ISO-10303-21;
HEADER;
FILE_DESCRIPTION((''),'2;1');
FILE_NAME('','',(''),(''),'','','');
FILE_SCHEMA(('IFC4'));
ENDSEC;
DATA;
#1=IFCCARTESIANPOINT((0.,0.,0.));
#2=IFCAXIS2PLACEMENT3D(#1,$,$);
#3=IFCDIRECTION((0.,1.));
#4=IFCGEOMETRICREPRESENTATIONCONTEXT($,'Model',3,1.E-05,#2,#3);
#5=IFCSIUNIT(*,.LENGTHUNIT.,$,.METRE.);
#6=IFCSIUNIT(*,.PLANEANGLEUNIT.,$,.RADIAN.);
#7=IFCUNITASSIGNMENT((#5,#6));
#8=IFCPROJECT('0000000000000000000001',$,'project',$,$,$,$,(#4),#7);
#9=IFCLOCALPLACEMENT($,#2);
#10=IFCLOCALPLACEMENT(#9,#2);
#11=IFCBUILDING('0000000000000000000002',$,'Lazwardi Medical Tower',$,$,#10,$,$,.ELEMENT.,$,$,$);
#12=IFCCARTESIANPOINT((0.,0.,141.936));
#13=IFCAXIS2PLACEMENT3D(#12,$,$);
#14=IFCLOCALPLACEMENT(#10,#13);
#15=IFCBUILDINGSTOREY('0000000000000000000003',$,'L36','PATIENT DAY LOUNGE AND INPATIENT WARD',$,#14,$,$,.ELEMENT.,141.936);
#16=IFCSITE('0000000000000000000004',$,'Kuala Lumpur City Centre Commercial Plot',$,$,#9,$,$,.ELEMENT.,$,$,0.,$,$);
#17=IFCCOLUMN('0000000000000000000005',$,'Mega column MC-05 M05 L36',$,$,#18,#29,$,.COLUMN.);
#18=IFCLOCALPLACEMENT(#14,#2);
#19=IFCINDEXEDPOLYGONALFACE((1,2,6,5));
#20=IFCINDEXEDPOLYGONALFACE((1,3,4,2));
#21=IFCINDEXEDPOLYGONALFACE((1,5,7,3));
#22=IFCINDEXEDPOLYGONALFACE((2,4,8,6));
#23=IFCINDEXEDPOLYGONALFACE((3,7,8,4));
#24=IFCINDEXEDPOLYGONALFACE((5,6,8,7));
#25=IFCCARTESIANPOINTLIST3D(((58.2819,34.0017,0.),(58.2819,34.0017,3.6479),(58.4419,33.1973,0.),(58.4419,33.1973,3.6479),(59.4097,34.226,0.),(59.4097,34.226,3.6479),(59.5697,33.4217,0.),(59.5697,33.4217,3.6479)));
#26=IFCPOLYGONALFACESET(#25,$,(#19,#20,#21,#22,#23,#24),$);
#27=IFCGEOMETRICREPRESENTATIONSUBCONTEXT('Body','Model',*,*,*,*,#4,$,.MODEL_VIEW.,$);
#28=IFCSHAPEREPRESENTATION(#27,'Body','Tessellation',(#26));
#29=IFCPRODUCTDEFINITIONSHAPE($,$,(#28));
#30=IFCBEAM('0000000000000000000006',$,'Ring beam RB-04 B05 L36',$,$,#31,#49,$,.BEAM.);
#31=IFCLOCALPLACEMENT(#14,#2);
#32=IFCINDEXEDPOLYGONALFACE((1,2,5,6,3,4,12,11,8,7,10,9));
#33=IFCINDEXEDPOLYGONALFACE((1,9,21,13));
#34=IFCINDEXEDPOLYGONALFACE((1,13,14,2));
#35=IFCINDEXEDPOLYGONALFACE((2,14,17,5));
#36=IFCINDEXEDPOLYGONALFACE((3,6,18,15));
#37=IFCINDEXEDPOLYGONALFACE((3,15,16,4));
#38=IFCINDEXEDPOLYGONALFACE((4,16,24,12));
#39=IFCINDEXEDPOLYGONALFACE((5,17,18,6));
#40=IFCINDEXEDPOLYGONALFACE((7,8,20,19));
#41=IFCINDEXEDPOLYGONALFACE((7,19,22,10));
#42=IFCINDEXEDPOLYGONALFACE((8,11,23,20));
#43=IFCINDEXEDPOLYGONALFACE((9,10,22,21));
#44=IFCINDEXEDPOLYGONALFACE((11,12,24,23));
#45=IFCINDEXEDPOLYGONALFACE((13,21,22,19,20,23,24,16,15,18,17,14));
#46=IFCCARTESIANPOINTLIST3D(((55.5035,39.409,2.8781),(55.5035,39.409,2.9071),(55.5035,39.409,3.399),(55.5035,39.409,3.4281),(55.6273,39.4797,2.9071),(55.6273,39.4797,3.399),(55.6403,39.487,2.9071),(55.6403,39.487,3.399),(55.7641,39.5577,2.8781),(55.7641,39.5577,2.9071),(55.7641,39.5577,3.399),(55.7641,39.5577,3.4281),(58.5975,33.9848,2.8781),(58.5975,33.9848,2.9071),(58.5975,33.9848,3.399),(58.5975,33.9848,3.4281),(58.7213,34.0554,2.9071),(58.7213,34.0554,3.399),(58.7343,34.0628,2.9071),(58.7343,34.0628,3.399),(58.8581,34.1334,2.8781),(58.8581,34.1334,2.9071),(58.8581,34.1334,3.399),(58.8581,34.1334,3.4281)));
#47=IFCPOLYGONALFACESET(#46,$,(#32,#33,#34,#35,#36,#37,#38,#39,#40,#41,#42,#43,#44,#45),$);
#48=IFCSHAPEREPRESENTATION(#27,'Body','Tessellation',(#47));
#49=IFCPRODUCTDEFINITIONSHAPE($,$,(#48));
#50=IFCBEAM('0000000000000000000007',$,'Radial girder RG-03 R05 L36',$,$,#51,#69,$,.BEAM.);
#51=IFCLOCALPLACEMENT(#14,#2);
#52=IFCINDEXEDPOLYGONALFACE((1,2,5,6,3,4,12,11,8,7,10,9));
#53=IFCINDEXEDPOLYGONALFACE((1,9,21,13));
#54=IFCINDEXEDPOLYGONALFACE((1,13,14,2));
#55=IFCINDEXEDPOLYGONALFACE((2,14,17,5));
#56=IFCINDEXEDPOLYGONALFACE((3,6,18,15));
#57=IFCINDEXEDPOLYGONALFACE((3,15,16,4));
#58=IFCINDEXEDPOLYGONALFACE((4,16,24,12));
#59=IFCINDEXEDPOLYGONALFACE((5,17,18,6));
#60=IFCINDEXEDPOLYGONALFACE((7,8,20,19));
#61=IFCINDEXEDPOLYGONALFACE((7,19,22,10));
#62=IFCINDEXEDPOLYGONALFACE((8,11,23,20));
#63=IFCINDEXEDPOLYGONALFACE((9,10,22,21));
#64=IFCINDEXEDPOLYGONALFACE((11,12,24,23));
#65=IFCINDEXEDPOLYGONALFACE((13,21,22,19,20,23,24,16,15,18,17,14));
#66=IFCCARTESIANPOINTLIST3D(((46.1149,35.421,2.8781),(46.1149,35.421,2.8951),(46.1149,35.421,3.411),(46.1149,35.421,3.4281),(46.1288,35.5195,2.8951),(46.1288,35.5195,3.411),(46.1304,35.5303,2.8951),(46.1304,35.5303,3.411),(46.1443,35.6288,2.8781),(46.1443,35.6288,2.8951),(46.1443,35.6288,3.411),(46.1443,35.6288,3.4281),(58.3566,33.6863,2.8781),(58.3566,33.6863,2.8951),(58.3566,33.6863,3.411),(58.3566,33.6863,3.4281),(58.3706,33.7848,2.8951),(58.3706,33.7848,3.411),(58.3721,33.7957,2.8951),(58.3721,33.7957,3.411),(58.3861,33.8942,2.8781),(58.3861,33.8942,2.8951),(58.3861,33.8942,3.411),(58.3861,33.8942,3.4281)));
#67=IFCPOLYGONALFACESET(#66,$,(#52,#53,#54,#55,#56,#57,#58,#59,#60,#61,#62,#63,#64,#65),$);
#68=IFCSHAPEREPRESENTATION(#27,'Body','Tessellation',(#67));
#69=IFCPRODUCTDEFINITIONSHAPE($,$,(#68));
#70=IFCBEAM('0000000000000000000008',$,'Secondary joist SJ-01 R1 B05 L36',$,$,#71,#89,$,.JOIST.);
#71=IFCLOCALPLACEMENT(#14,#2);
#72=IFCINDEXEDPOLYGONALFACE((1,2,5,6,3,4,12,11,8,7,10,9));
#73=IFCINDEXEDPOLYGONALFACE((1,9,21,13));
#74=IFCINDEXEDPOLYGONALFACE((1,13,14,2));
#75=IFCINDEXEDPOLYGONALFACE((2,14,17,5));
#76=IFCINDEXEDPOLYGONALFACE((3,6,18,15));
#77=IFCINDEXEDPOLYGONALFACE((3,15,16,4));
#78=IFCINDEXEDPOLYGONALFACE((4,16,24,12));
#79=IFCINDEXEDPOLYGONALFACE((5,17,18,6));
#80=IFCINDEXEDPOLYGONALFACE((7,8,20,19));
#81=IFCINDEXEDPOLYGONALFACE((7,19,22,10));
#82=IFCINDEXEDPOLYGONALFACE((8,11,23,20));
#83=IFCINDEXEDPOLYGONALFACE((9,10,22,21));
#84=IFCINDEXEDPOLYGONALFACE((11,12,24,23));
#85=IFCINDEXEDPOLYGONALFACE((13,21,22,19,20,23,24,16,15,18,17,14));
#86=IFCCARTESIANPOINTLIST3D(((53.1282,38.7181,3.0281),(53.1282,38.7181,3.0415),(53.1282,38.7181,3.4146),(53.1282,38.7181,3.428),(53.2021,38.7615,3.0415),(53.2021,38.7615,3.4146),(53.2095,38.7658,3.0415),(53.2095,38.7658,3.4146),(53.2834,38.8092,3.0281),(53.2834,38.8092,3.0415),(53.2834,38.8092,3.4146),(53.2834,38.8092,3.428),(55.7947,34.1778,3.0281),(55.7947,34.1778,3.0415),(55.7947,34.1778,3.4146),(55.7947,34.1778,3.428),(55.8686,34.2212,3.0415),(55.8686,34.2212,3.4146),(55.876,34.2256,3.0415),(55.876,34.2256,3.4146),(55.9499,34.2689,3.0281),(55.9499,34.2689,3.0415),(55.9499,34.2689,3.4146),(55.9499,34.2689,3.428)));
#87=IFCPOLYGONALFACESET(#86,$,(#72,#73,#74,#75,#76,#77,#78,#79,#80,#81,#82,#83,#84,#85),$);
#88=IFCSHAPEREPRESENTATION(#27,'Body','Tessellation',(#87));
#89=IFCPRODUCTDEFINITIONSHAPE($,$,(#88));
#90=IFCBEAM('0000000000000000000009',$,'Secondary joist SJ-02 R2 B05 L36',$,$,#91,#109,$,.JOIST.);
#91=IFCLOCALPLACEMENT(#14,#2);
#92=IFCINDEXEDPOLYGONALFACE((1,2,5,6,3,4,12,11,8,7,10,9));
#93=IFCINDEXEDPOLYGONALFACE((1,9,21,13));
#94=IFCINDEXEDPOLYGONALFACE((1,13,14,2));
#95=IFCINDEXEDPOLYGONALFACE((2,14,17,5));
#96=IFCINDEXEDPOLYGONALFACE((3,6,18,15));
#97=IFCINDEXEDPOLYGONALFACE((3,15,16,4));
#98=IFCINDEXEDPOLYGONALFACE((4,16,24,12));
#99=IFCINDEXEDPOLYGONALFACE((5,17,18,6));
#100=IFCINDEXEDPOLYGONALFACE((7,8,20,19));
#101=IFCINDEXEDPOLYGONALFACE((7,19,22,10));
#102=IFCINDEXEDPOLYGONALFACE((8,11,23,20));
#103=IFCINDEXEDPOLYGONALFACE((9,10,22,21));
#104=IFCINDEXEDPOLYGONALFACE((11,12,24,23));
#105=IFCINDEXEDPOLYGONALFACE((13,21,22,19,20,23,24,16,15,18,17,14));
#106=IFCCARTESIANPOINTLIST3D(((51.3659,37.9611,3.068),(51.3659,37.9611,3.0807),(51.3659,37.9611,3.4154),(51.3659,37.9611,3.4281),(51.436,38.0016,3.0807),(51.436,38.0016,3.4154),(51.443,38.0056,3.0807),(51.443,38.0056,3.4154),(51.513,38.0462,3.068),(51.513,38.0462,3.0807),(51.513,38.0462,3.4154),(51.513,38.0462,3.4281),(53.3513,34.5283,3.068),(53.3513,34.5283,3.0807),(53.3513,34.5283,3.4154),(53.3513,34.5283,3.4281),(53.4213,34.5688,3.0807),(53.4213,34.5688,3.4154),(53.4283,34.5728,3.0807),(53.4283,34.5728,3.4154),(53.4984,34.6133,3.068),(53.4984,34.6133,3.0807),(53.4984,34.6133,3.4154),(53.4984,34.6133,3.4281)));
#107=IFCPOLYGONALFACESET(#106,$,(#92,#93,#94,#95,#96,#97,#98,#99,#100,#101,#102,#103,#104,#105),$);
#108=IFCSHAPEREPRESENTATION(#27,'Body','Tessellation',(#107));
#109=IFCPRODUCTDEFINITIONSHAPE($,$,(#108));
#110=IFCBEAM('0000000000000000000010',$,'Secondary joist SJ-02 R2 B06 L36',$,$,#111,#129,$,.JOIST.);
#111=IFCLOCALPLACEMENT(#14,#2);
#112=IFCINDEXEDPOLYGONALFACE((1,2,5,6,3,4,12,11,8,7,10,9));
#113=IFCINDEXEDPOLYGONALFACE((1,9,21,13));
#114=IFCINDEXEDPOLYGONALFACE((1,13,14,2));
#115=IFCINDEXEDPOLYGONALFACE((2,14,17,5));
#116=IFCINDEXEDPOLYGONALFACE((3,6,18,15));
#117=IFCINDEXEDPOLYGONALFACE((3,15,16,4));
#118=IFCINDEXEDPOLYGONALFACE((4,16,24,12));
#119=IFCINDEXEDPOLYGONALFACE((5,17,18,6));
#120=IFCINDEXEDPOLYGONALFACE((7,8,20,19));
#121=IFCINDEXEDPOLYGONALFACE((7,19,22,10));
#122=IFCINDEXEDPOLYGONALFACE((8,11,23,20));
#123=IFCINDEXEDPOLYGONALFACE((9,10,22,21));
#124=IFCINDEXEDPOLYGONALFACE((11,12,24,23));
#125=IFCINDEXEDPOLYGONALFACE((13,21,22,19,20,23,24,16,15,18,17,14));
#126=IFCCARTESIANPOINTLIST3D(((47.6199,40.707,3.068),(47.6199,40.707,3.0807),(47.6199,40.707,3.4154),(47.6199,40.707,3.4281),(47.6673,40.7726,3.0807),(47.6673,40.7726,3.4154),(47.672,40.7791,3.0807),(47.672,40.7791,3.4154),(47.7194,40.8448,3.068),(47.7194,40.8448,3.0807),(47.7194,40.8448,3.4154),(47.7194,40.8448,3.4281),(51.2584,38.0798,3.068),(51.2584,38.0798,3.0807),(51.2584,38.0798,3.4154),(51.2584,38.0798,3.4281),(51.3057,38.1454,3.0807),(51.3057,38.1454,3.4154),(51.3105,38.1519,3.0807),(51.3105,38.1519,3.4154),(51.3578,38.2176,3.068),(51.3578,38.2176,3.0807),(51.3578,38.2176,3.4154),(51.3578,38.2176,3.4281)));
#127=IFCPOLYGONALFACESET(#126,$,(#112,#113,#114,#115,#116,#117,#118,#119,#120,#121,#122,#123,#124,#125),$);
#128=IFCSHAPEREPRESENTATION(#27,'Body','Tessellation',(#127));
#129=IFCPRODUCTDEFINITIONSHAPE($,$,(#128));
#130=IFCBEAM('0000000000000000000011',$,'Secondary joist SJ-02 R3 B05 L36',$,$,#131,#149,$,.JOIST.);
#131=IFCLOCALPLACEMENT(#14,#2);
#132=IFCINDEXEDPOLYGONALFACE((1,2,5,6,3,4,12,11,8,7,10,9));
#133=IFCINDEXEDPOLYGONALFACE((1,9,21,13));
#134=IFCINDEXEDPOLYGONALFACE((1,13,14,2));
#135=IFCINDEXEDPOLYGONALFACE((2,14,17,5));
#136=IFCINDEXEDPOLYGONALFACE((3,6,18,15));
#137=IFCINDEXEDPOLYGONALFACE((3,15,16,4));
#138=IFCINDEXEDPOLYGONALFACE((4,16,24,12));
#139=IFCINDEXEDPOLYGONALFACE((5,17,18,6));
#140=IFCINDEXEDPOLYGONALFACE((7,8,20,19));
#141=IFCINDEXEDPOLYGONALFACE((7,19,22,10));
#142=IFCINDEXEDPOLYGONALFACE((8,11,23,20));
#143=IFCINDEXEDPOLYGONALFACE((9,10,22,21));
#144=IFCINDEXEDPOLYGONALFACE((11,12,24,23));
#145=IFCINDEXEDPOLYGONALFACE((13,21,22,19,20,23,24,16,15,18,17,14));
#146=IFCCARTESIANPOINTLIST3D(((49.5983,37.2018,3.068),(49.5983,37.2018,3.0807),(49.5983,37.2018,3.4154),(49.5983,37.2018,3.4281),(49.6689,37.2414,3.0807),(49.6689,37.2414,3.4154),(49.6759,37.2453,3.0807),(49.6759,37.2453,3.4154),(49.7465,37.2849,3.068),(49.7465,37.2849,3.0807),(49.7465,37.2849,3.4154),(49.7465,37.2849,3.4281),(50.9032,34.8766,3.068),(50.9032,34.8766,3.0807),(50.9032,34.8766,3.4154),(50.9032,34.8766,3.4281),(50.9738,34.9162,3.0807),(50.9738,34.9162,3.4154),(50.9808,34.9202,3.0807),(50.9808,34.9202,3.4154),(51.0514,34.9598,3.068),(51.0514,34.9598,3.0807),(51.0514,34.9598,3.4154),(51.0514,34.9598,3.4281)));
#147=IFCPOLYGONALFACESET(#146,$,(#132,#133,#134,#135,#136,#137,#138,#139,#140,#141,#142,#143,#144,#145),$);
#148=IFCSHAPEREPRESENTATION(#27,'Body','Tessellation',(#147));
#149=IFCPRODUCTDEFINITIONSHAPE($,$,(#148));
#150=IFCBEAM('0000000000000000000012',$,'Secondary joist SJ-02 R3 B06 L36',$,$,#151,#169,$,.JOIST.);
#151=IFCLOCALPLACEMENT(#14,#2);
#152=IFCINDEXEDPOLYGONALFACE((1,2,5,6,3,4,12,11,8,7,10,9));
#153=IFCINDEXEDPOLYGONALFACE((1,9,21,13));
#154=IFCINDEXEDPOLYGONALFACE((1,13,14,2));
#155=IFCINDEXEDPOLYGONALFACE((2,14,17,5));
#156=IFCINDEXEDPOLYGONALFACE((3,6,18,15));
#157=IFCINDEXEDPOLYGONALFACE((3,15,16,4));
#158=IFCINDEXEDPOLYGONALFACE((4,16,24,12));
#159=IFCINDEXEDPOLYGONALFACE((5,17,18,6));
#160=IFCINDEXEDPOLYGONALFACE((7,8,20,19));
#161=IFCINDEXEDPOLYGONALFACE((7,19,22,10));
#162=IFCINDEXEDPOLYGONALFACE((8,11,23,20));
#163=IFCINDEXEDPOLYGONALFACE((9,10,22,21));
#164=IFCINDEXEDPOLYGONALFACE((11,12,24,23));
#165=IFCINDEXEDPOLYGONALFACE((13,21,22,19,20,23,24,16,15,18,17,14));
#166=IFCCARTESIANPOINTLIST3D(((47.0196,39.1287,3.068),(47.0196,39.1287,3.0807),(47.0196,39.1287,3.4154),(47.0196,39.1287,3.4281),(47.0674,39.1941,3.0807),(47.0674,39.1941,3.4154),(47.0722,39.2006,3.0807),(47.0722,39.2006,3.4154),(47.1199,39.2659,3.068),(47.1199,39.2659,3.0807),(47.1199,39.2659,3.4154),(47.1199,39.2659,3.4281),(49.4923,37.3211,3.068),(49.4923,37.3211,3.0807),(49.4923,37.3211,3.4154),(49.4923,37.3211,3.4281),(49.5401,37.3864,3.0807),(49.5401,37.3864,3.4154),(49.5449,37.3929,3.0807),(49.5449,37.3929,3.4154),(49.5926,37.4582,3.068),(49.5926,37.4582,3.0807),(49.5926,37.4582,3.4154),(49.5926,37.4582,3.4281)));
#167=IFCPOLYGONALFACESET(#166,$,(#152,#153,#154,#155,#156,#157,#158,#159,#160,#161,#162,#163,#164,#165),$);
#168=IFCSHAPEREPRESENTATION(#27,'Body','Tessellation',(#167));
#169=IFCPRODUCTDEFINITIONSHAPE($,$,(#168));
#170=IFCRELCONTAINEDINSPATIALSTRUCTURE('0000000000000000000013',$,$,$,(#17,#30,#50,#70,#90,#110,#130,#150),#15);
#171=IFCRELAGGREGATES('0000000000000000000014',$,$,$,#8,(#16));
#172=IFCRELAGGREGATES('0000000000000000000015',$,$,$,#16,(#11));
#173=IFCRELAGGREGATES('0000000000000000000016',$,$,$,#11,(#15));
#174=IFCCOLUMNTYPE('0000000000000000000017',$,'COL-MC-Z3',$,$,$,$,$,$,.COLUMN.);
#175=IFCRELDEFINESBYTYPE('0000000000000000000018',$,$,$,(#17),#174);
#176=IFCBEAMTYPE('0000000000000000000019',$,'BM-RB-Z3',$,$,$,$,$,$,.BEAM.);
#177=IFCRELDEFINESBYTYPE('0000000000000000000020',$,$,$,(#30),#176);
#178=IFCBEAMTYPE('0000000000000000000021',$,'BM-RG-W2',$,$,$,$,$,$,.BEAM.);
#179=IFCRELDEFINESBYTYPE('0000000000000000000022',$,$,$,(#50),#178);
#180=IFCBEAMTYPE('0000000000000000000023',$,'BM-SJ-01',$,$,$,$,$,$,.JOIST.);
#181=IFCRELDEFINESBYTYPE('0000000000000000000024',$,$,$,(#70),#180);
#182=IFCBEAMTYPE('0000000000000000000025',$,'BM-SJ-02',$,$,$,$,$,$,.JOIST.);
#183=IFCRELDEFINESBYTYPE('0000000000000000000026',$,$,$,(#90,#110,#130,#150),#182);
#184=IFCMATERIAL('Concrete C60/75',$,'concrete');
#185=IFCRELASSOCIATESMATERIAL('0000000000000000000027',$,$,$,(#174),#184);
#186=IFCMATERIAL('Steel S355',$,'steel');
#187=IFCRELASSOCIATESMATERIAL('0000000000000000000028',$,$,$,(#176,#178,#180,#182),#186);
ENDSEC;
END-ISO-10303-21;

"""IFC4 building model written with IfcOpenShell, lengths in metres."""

from ifc_helpers import new_model, si_unit, direction, frame, origin, origin_2d, place, context, subcontext, project, spatial, rectangle, i_section, extrude, material, material_profile, profile_set, type_object, element, save


model = new_model("IFC4")

# Units and contexts
model_context = context("Model", 3, precision=1e-05, world=origin(), true_north=direction((0.0, 1.0)))
body_context = subcontext(model_context, "Body", "Model", "MODEL_VIEW")
ifc_project = project(units=[si_unit("LENGTHUNIT", "METRE"), si_unit("PLANEANGLEUNIT", "RADIAN")], contexts=[model_context])

# Site, building, storey
site_placement = place(None, origin())
site = spatial("IfcSite", under=ifc_project, at=site_placement, Name="Kuala Lumpur City Centre Commercial Plot", CompositionType="ELEMENT", RefElevation=0.0)
building_placement = place(site_placement, origin())
building = spatial("IfcBuilding", under=site, at=building_placement, Name="Lazwardi Medical Tower", CompositionType="ELEMENT")
storey_placement = place(building_placement, frame((0.0, 0.0, 141.936)))
storey = spatial("IfcBuildingStorey", under=building, at=storey_placement, Name="L36", Description="PATIENT DAY LOUNGE AND INPATIENT WARD", CompositionType="ELEMENT", Elevation=141.936)

# Column
ifc_material_1 = material(Name="Concrete C60/75", Category="concrete")
ifc_material_profile_1 = material_profile(ifc_material_1, rectangle(XDim=1.1499, YDim=0.8201, at=origin_2d()), Name="CFT-RECT 1150x820")
ifc_profile_set_1 = profile_set([ifc_material_profile_1], Name="Concrete C60/75")
column_type = type_object("IfcColumnType", Name="COL-MC-Z3", PredefinedType="COLUMN", material=ifc_profile_set_1)
column_placement = place(storey_placement, frame((58.9258, 33.7117, 0.0), z_axis=(0.0, 0.0, 1.0), x_axis=(0.980785, 0.19509, 0.0)))
element("IfcColumn", 1, at=column_placement, inside=storey, type_object=column_type, Name="Mega column MC-05 M05 L36", PredefinedType="COLUMN", context=body_context, shape_type="SweptSolid", body=[
    extrude(rectangle(XDim=1.1499, YDim=0.8201, at=origin_2d()), origin(), (0.0, 0.0, 1.0), 3.6479),
])

# Beams
ifc_material_2 = material(Name="Steel S355", Category="steel")
ifc_material_profile_2 = material_profile(ifc_material_2, i_section(OverallWidth=0.3, OverallDepth=0.55, WebThickness=0.0149, FlangeThickness=0.0291, at=origin_2d()), Name="HEB 550")
ifc_profile_set_2 = profile_set([ifc_material_profile_2], Name="Steel S355")
beam_type_1 = type_object("IfcBeamType", Name="BM-RB-Z3", PredefinedType="BEAM", material=ifc_profile_set_2)
beam_1_placement = place(storey_placement, frame((58.7278, 34.0591, 3.1531), z_axis=(-0.495461, 0.86863, 0.0), x_axis=(-0.86863, -0.495461, 0.0)))
element("IfcBeam", 2, at=beam_1_placement, inside=storey, type_object=beam_type_1, Name="Ring beam RB-04 B05 L36", PredefinedType="BEAM", context=body_context, shape_type="SweptSolid", body=[
    extrude(i_section(OverallWidth=0.3, OverallDepth=0.55, WebThickness=0.0149, FlangeThickness=0.0291, at=origin_2d()), origin(), (0.0, 0.0, 1.0), 6.2446),
])
ifc_material_profile_3 = material_profile(ifc_material_2, i_section(OverallWidth=0.21, OverallDepth=0.55, WebThickness=0.011, FlangeThickness=0.0171, at=origin_2d()), Name="IPE 550")
ifc_profile_set_3 = profile_set([ifc_material_profile_3], Name="Steel S355")
beam_type_2 = type_object("IfcBeamType", Name="BM-RG-W2", PredefinedType="BEAM", material=ifc_profile_set_3)
beam_2_placement = place(storey_placement, frame((58.3713, 33.7903, 3.1531), z_axis=(-0.99011, 0.140296, 0.0), x_axis=(-0.140296, -0.99011, 0.0)))
element("IfcBeam", 3, at=beam_2_placement, inside=storey, type_object=beam_type_2, Name="Radial girder RG-03 R05 L36", PredefinedType="BEAM", context=body_context, shape_type="SweptSolid", body=[
    extrude(i_section(OverallWidth=0.21, OverallDepth=0.55, WebThickness=0.011, FlangeThickness=0.0171, at=origin_2d()), origin(), (0.0, 0.0, 1.0), 12.364),
])
ifc_material_profile_4 = material_profile(ifc_material_2, i_section(OverallWidth=0.1799, OverallDepth=0.3999, WebThickness=0.0085, FlangeThickness=0.0134, at=origin_2d()), Name="IPE 400")
ifc_profile_set_4 = profile_set([ifc_material_profile_4], Name="Steel S355")
beam_type_3 = type_object("IfcBeamType", Name="BM-SJ-01", PredefinedType="JOIST", material=ifc_profile_set_4)
beam_3_placement = place(storey_placement, frame((55.8723, 34.2234, 3.228), z_axis=(-0.50642, 0.862287, 0.0), x_axis=(-0.862287, -0.50642, 0.0)))
element("IfcBeam", 4, at=beam_3_placement, inside=storey, type_object=beam_type_3, Name="Secondary joist SJ-01 R1 B05 L36", PredefinedType="JOIST", context=body_context, shape_type="SweptSolid", body=[
    extrude(i_section(OverallWidth=0.1799, OverallDepth=0.3999, WebThickness=0.0085, FlangeThickness=0.0134, at=origin_2d()), origin(), (0.0, 0.0, 1.0), 5.2654),
])
ifc_material_profile_5 = material_profile(ifc_material_2, i_section(OverallWidth=0.1699, OverallDepth=0.3601, WebThickness=0.0081, FlangeThickness=0.0127, at=origin_2d()), Name="IPE 360")
ifc_profile_set_5 = profile_set([ifc_material_profile_5], Name="Steel S355")
beam_type_4 = type_object("IfcBeamType", Name="BM-SJ-02", PredefinedType="JOIST", material=ifc_profile_set_5)
beam_4_placement = place(storey_placement, frame((53.4248, 34.5708, 3.248), z_axis=(-0.500641, 0.865655, 0.0), x_axis=(-0.865655, -0.500641, 0.0)))
element("IfcBeam", 5, at=beam_4_placement, inside=storey, type_object=beam_type_4, Name="Secondary joist SJ-02 R2 B05 L36", PredefinedType="JOIST", context=body_context, shape_type="SweptSolid", body=[
    extrude(i_section(OverallWidth=0.1699, OverallDepth=0.3601, WebThickness=0.0081, FlangeThickness=0.0127, at=origin_2d()), origin(), (0.0, 0.0, 1.0), 3.9656),
])
beam_5_placement = place(storey_placement, frame((51.3081, 38.1487, 3.248), z_axis=(-0.810738, 0.585409, 0.0), x_axis=(-0.585409, -0.810738, 0.0)))
element("IfcBeam", 6, at=beam_5_placement, inside=storey, type_object=beam_type_4, Name="Secondary joist SJ-02 R2 B06 L36", PredefinedType="JOIST", context=body_context, shape_type="SweptSolid", body=[
    extrude(i_section(OverallWidth=0.1699, OverallDepth=0.3601, WebThickness=0.0081, FlangeThickness=0.0127, at=origin_2d()), origin(), (0.0, 0.0, 1.0), 4.4878),
])
beam_6_placement = place(storey_placement, frame((50.9773, 34.9182, 3.248), z_axis=(-0.489409, 0.872054, 0.0), x_axis=(-0.872054, -0.489409, 0.0)))
element("IfcBeam", 7, at=beam_6_placement, inside=storey, type_object=beam_type_4, Name="Secondary joist SJ-02 R3 B05 L36", PredefinedType="JOIST", context=body_context, shape_type="SweptSolid", body=[
    extrude(i_section(OverallWidth=0.1699, OverallDepth=0.3601, WebThickness=0.0081, FlangeThickness=0.0127, at=origin_2d()), origin(), (0.0, 0.0, 1.0), 2.6663),
])
beam_7_placement = place(storey_placement, frame((49.5425, 37.3896, 3.248), z_axis=(-0.807286, 0.59016, 0.0), x_axis=(-0.59016, -0.807286, 0.0)))
element("IfcBeam", 8, at=beam_7_placement, inside=storey, type_object=beam_type_4, Name="Secondary joist SJ-02 R3 B06 L36", PredefinedType="JOIST", context=body_context, shape_type="SweptSolid", body=[
    extrude(i_section(OverallWidth=0.1699, OverallDepth=0.3601, WebThickness=0.0081, FlangeThickness=0.0127, at=origin_2d()), origin(), (0.0, 0.0, 1.0), 3.063),
])

save(model, "model.ifc")
